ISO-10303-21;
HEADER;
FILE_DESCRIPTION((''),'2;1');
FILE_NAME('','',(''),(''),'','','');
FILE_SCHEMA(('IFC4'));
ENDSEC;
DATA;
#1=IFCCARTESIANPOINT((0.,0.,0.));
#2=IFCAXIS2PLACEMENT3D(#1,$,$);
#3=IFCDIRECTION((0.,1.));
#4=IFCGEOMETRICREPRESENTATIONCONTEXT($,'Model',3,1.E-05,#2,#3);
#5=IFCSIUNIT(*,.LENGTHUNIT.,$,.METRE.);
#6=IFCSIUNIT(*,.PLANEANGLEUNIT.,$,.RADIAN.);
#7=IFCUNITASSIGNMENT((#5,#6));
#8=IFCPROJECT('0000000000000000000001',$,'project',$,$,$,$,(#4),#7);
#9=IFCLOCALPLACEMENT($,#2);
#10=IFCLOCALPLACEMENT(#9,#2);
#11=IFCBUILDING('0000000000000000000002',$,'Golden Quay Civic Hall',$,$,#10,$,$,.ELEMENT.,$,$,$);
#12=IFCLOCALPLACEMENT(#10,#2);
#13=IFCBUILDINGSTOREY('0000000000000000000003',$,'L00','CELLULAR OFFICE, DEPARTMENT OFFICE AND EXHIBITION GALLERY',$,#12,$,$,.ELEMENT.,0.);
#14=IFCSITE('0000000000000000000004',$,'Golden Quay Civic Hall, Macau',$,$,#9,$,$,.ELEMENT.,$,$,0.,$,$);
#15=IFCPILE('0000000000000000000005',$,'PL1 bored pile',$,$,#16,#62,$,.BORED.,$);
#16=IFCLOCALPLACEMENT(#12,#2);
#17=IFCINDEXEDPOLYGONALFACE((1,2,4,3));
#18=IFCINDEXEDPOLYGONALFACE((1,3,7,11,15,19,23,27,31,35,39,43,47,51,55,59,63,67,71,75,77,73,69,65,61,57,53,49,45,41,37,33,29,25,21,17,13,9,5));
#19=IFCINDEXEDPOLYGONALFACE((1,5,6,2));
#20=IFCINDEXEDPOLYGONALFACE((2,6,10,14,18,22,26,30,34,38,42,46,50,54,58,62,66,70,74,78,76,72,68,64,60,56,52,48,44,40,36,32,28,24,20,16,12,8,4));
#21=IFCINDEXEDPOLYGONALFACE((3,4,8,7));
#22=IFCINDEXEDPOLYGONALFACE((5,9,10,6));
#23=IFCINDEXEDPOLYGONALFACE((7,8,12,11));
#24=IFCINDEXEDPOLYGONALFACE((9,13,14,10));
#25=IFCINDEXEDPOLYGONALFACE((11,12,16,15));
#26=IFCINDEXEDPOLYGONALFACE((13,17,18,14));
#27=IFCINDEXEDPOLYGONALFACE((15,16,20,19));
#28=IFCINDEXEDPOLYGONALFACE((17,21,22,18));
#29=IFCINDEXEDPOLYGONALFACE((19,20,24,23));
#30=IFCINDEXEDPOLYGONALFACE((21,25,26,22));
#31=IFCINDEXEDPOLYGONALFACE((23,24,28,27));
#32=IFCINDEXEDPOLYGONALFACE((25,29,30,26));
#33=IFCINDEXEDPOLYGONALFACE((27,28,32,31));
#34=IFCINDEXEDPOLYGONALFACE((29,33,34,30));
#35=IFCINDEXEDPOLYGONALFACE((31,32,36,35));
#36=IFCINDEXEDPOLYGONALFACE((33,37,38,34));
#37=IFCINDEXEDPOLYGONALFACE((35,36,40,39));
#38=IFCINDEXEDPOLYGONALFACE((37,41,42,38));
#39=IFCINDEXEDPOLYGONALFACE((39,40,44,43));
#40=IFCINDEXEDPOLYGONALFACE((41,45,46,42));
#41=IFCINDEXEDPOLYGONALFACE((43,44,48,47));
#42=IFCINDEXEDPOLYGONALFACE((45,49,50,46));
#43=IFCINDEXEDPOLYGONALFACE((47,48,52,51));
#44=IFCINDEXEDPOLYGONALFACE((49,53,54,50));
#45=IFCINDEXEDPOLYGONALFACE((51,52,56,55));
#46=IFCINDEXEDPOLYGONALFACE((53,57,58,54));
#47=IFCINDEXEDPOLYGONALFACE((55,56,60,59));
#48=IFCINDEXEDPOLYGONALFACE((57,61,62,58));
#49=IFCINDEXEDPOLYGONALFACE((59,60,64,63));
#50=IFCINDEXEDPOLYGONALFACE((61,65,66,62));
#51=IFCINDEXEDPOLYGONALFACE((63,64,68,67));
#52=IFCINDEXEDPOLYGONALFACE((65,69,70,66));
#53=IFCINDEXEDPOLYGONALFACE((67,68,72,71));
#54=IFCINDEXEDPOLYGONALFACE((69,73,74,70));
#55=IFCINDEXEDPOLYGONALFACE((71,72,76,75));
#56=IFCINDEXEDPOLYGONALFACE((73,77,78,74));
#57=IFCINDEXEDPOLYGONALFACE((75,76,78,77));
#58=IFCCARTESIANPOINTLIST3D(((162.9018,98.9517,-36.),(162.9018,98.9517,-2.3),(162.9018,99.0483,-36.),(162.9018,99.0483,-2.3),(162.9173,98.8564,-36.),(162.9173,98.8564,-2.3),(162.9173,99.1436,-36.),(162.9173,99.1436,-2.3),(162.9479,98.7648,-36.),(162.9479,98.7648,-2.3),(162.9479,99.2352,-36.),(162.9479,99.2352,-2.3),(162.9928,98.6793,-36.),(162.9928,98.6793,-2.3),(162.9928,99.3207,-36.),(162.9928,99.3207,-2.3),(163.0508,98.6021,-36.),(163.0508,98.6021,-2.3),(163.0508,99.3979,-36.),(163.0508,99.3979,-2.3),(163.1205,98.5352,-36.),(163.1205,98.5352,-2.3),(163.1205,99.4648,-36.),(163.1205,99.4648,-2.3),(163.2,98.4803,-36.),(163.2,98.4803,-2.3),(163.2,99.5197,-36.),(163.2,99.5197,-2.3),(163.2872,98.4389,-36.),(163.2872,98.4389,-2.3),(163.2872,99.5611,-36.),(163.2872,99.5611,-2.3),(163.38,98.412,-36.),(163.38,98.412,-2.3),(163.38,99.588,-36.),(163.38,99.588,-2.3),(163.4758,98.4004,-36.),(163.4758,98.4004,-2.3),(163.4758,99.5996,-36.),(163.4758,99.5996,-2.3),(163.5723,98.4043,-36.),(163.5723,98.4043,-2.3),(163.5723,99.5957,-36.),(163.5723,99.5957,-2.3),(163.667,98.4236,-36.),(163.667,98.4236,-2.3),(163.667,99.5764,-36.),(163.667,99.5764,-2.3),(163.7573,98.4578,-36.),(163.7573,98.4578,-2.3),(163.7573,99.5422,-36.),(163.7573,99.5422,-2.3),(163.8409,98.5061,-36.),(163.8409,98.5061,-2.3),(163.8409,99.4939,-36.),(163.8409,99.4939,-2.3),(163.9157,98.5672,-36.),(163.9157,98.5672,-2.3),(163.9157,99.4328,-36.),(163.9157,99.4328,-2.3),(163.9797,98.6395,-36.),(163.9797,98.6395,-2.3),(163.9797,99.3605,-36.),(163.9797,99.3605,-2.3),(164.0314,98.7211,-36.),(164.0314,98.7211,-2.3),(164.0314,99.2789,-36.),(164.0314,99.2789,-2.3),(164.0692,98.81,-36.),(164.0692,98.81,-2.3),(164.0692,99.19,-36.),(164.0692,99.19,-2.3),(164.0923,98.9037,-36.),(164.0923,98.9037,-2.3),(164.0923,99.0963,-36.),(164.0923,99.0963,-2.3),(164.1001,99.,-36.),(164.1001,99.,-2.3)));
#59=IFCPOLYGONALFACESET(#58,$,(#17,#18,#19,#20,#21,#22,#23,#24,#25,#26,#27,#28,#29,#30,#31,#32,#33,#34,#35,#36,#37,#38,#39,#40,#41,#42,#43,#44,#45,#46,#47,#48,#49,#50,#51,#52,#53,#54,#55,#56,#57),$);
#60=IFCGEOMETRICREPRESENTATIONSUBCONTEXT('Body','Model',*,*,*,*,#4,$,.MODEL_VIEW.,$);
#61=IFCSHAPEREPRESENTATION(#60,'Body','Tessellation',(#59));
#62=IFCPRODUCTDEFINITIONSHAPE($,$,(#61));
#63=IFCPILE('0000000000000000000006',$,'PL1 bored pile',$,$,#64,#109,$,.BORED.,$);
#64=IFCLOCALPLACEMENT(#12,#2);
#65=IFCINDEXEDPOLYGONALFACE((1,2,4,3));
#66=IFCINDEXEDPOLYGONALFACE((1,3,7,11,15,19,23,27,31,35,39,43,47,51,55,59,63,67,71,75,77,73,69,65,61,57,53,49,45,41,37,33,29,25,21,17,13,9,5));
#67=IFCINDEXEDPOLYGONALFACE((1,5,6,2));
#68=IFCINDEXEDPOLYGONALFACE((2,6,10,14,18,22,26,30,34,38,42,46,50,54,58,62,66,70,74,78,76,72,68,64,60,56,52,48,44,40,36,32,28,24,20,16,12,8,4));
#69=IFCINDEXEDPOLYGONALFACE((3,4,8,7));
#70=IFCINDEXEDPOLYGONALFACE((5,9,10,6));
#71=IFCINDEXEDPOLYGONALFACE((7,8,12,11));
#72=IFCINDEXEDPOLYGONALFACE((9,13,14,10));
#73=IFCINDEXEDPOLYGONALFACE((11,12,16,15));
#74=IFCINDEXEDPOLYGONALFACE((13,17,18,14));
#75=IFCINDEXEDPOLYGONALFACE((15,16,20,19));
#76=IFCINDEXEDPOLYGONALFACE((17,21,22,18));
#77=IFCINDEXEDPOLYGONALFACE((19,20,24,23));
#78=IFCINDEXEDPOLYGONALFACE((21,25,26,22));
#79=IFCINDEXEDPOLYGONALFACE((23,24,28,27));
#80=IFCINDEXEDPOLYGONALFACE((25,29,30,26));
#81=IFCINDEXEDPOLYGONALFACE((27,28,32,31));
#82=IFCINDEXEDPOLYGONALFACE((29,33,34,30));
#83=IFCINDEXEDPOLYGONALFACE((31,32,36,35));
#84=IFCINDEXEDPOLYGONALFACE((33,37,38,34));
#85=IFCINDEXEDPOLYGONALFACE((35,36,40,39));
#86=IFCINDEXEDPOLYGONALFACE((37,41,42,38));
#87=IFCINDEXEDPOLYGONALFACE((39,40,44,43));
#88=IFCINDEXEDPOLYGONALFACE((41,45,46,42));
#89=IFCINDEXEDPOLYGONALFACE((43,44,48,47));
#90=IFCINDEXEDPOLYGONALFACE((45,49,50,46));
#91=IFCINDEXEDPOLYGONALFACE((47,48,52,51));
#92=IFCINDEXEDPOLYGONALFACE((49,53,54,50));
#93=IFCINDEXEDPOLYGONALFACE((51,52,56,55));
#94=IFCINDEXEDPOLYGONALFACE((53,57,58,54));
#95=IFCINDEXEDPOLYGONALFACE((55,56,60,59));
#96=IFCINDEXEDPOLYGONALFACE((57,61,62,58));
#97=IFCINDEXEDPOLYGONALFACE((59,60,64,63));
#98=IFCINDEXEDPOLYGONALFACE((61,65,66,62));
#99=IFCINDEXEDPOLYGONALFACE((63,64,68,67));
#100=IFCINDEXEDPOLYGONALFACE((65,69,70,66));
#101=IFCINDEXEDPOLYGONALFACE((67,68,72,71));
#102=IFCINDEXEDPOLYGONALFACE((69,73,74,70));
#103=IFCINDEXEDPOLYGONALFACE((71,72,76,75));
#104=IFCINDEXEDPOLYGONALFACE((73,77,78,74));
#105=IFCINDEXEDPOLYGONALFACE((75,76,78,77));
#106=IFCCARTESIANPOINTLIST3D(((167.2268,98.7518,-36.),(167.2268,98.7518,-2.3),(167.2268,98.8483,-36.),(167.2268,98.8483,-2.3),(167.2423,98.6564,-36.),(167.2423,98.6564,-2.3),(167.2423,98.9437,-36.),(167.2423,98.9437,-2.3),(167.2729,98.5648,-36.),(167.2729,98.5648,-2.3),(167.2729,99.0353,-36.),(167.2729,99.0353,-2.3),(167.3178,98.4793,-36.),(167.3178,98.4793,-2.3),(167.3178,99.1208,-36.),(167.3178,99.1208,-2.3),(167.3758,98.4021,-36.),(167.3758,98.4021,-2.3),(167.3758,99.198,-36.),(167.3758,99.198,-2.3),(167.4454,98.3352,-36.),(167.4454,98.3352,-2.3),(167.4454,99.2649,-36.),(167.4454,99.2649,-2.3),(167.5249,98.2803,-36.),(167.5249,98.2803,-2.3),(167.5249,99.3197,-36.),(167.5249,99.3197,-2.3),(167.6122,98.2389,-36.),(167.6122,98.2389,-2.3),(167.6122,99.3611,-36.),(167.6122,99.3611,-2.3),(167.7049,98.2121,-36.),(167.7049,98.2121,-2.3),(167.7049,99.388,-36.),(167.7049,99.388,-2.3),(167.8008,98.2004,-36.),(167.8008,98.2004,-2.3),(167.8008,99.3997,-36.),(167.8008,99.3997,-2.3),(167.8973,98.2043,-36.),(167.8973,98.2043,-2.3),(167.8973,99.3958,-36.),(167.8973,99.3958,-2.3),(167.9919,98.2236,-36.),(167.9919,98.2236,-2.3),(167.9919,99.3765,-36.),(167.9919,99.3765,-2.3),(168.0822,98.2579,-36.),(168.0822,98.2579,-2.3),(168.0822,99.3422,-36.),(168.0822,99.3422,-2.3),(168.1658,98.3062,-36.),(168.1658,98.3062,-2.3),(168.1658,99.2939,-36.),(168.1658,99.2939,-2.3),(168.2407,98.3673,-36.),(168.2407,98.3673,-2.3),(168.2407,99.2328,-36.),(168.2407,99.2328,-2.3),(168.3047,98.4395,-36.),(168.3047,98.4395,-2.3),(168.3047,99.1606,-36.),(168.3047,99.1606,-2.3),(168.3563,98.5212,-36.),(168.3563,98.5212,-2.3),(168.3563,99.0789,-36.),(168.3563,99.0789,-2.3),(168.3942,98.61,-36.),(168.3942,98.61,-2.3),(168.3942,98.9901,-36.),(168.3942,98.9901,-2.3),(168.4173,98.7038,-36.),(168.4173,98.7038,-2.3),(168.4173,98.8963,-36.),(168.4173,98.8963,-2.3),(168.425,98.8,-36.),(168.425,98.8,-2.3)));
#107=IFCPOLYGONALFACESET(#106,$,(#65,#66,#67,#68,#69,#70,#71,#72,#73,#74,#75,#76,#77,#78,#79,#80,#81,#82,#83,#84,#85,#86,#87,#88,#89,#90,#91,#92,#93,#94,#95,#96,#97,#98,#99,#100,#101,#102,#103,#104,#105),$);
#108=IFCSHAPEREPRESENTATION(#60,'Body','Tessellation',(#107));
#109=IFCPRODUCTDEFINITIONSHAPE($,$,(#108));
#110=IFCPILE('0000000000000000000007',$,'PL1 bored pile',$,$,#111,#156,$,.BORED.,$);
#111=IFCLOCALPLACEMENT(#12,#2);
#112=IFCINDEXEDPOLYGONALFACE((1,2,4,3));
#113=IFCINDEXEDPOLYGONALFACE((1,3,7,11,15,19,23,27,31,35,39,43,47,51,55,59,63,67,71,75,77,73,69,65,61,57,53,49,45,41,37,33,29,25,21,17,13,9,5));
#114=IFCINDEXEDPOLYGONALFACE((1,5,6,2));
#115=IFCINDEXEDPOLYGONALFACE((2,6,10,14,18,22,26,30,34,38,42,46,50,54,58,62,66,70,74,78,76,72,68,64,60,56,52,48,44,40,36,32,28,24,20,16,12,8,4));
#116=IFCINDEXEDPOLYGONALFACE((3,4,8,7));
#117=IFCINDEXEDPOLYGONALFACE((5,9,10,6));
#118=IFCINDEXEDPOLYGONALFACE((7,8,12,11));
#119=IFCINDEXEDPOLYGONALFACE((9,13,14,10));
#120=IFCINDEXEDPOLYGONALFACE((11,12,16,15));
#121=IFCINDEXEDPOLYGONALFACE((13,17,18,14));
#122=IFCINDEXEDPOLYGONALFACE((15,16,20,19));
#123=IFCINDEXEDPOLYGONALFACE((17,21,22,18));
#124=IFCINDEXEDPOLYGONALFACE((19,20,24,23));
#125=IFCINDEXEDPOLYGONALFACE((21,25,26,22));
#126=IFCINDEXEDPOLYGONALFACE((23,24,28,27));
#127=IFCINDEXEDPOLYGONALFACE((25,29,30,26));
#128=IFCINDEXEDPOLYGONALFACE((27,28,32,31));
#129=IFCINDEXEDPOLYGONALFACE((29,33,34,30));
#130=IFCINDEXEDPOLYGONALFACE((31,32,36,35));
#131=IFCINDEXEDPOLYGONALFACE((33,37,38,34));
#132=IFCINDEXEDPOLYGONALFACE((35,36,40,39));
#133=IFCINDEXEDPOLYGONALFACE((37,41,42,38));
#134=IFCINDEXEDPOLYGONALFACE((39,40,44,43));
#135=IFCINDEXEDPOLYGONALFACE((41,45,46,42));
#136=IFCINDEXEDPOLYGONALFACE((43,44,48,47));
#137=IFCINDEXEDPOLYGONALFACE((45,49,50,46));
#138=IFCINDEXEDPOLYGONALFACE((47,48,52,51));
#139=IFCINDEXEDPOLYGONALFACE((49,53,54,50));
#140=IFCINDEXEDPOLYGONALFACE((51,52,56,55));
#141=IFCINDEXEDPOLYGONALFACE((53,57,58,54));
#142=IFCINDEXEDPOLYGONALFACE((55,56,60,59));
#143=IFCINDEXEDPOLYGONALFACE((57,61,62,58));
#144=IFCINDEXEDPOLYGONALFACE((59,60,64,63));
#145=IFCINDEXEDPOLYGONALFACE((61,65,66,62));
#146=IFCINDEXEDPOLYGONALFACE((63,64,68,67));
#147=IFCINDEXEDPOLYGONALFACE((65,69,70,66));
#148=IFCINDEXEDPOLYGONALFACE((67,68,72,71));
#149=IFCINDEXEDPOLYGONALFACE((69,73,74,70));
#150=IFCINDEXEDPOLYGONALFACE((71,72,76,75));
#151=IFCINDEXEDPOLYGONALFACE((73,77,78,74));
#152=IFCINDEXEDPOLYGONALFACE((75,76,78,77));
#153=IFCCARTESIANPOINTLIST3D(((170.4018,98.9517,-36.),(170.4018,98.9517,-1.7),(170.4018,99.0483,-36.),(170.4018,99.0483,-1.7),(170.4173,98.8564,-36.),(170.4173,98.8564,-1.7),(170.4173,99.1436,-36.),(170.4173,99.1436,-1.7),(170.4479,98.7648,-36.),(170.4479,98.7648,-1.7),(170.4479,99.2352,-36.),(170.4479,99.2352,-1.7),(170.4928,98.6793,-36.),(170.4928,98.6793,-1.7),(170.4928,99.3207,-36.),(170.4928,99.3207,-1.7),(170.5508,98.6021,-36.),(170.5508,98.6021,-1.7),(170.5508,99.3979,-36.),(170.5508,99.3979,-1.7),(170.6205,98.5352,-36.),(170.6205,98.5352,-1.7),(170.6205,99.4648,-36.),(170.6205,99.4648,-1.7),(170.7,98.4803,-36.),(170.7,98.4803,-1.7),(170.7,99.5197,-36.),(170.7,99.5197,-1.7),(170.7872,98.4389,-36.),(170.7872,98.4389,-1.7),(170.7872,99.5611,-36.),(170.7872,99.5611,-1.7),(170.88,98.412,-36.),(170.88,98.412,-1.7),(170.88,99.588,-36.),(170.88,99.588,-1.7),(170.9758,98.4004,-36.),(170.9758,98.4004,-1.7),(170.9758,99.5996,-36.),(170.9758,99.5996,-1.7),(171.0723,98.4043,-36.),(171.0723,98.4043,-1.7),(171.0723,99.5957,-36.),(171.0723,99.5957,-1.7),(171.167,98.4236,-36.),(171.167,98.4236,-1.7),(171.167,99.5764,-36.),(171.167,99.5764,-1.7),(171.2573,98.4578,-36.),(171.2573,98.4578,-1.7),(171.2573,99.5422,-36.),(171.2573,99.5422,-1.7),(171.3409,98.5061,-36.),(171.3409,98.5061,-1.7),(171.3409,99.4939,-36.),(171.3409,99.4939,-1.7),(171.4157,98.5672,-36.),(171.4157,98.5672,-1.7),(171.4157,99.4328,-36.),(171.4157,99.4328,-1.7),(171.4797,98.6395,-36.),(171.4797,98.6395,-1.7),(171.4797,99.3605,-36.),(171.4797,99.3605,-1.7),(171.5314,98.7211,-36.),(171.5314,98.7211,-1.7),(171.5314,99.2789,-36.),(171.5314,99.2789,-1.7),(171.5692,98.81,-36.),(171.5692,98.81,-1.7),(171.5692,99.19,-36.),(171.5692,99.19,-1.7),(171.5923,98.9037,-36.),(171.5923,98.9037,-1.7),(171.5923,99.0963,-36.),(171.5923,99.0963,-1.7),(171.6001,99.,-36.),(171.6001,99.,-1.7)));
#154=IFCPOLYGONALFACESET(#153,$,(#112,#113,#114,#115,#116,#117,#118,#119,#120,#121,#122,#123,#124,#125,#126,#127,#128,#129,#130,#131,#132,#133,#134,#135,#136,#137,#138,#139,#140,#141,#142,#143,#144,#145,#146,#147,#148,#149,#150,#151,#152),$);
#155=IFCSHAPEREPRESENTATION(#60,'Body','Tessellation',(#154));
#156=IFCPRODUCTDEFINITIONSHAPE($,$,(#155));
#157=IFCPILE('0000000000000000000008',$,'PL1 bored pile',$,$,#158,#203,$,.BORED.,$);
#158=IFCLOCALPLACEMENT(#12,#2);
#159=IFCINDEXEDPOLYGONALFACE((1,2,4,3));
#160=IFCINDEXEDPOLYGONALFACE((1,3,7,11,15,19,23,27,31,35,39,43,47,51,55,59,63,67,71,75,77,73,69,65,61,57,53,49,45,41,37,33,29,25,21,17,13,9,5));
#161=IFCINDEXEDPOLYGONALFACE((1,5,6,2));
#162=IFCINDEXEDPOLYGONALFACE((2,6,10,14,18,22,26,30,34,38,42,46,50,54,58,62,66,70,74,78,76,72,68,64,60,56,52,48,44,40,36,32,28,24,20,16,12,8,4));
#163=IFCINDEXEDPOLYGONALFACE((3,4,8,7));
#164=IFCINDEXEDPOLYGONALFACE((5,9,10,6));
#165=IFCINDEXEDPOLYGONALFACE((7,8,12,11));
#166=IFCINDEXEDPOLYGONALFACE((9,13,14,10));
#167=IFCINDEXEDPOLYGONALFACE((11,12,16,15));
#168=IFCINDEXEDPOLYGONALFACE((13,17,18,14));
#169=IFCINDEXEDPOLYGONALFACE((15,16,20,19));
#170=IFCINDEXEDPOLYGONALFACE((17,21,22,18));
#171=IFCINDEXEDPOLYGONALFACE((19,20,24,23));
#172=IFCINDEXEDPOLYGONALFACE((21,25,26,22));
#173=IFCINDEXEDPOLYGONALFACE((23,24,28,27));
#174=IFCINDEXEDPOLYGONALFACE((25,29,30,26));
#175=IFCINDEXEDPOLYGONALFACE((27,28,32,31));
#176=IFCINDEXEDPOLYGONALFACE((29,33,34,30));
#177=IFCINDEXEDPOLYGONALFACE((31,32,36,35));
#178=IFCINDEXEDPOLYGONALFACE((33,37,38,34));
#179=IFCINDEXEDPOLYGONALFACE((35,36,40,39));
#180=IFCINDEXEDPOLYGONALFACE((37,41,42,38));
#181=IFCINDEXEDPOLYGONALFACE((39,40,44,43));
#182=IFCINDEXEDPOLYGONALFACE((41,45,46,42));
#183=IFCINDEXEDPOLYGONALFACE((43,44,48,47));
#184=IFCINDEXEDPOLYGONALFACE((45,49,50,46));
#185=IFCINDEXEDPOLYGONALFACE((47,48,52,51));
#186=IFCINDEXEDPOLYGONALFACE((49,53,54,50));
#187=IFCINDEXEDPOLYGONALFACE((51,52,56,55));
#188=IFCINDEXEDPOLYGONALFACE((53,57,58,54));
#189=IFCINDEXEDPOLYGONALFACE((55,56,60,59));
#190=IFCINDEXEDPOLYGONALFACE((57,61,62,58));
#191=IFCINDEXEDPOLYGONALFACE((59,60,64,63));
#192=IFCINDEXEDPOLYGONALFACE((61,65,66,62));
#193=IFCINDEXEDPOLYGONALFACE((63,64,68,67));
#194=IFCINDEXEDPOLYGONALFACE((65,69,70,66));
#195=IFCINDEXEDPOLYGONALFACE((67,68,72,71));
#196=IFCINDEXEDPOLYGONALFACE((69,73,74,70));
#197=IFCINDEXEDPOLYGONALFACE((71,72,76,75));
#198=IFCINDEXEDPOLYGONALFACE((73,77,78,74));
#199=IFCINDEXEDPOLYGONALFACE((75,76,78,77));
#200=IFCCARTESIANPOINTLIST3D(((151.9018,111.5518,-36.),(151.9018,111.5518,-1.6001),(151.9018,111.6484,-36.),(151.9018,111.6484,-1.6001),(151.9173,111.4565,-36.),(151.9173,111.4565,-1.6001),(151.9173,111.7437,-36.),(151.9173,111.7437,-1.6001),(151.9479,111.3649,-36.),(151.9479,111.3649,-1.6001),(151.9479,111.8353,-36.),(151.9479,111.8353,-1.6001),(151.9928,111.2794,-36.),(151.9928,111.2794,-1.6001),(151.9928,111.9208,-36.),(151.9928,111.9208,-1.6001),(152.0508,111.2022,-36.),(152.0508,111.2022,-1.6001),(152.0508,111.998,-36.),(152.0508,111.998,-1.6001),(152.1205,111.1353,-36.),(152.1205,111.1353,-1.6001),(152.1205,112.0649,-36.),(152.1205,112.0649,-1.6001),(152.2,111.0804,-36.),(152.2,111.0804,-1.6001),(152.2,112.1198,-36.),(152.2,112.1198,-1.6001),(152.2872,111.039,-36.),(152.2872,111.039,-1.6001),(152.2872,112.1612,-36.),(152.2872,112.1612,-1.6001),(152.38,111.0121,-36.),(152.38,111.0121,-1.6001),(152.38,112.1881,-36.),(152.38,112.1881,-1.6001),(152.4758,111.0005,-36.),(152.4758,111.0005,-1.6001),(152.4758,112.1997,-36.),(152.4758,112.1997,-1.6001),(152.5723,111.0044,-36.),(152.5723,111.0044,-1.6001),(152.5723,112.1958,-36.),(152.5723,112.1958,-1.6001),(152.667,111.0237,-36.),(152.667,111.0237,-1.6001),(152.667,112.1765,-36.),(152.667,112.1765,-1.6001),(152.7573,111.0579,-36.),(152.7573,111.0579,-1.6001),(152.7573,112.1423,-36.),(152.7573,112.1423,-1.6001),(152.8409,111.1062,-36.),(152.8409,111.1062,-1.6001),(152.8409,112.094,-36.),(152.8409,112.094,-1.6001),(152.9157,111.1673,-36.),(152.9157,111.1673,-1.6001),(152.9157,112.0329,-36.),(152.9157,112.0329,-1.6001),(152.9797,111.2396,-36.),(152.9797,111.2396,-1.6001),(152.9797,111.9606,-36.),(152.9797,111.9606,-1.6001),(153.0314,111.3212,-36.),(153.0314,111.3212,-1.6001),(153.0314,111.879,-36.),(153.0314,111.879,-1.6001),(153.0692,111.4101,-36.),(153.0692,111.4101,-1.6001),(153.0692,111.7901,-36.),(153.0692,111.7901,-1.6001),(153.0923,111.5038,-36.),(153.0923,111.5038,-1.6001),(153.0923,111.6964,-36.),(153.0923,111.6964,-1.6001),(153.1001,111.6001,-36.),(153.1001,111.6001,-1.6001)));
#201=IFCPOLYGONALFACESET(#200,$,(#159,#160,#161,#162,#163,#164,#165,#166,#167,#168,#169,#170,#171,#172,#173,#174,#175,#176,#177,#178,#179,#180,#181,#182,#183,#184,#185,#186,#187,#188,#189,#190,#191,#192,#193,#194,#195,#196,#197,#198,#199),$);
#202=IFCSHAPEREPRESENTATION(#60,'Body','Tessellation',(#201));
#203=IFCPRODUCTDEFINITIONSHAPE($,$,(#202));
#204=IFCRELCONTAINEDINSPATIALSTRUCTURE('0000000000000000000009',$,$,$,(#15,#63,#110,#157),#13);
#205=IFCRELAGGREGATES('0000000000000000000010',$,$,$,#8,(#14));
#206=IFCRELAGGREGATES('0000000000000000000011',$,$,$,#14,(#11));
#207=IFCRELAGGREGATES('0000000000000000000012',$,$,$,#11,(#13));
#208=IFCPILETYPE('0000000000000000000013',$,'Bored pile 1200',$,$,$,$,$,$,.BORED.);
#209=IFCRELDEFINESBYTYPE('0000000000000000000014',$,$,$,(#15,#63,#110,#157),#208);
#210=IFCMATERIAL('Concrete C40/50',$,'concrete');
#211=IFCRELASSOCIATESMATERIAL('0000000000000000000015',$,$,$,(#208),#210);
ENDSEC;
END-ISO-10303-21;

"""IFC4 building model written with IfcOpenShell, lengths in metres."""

from ifc_helpers import new_model, si_unit, direction, frame, origin, origin_2d, place, context, subcontext, project, spatial, circle, extrude, material, material_profile, profile_set, type_object, element, save


model = new_model("IFC4")

# Units and contexts
model_context = context("Model", 3, precision=1e-05, world=origin(), true_north=direction((0.0, 1.0)))
body_context = subcontext(model_context, "Body", "Model", "MODEL_VIEW")
ifc_project = project(units=[si_unit("LENGTHUNIT", "METRE"), si_unit("PLANEANGLEUNIT", "RADIAN")], contexts=[model_context])

# Site, building, storey
site_placement = place(None, origin())
site = spatial("IfcSite", under=ifc_project, at=site_placement, Name="Golden Quay Civic Hall, Macau", CompositionType="ELEMENT", RefElevation=0.0)
building_placement = place(site_placement, origin())
building = spatial("IfcBuilding", under=site, at=building_placement, Name="Golden Quay Civic Hall", CompositionType="ELEMENT")
storey_placement = place(building_placement, origin())
storey = spatial("IfcBuildingStorey", under=building, at=storey_placement, Name="L00", Description="CELLULAR OFFICE, DEPARTMENT OFFICE AND EXHIBITION GALLERY", CompositionType="ELEMENT", Elevation=0.0)

# Piles
ifc_material_1 = material(Name="Concrete C40/50", Category="concrete")
ifc_material_profile_1 = material_profile(ifc_material_1, circle(Radius=0.6001, at=origin_2d()), Name="RC D1200")
ifc_profile_set_1 = profile_set([ifc_material_profile_1], Name="Concrete C40/50")
pile_type = type_object("IfcPileType", Name="Bored pile 1200", PredefinedType="BORED", material=ifc_profile_set_1)
for number, where, z_axis, x_axis, name in (
    (1, (163.5, 99.0, -2.3), (0.0, 0.0, -1.0), (1.0, 0.0, 0.0), "PL1 bored pile"),
    (2, (167.825, 98.8, -2.3), (0.0, 0.0, -1.0), (1.0, 0.0, 0.0), "PL1 bored pile"),
):
    element("IfcPile", number, at=place(storey_placement, frame(where, z_axis=z_axis, x_axis=x_axis)), inside=storey, type_object=pile_type, Name=name, PredefinedType="BORED", context=body_context, shape_type="SweptSolid", body=[
        extrude(circle(Radius=0.6001, at=origin_2d()), origin(), (0.0, 0.0, 1.0), 33.7),
    ])
pile_placement = place(storey_placement, frame((171.0, 99.0, -1.7), z_axis=(0.0, 0.0, -1.0), x_axis=(1.0, 0.0, 0.0)))
element("IfcPile", 3, at=pile_placement, inside=storey, type_object=pile_type, Name="PL1 bored pile", PredefinedType="BORED", context=body_context, shape_type="SweptSolid", body=[
    extrude(circle(Radius=0.6001, at=origin_2d()), origin(), (0.0, 0.0, 1.0), 34.3),
])
for number, where, z_axis, x_axis, name in (
    (4, (152.5, 111.6001, -1.6001), (0.0, 0.0, -1.0), (1.0, 0.0, 0.0), "PL1 bored pile"),
):
    element("IfcPile", number, at=place(storey_placement, frame(where, z_axis=z_axis, x_axis=x_axis)), inside=storey, type_object=pile_type, Name=name, PredefinedType="BORED", context=body_context, shape_type="SweptSolid", body=[
        extrude(circle(Radius=0.6001, at=origin_2d()), origin(), (0.0, 0.0, 1.0), 34.3999),
    ])

save(model, "model.ifc")
